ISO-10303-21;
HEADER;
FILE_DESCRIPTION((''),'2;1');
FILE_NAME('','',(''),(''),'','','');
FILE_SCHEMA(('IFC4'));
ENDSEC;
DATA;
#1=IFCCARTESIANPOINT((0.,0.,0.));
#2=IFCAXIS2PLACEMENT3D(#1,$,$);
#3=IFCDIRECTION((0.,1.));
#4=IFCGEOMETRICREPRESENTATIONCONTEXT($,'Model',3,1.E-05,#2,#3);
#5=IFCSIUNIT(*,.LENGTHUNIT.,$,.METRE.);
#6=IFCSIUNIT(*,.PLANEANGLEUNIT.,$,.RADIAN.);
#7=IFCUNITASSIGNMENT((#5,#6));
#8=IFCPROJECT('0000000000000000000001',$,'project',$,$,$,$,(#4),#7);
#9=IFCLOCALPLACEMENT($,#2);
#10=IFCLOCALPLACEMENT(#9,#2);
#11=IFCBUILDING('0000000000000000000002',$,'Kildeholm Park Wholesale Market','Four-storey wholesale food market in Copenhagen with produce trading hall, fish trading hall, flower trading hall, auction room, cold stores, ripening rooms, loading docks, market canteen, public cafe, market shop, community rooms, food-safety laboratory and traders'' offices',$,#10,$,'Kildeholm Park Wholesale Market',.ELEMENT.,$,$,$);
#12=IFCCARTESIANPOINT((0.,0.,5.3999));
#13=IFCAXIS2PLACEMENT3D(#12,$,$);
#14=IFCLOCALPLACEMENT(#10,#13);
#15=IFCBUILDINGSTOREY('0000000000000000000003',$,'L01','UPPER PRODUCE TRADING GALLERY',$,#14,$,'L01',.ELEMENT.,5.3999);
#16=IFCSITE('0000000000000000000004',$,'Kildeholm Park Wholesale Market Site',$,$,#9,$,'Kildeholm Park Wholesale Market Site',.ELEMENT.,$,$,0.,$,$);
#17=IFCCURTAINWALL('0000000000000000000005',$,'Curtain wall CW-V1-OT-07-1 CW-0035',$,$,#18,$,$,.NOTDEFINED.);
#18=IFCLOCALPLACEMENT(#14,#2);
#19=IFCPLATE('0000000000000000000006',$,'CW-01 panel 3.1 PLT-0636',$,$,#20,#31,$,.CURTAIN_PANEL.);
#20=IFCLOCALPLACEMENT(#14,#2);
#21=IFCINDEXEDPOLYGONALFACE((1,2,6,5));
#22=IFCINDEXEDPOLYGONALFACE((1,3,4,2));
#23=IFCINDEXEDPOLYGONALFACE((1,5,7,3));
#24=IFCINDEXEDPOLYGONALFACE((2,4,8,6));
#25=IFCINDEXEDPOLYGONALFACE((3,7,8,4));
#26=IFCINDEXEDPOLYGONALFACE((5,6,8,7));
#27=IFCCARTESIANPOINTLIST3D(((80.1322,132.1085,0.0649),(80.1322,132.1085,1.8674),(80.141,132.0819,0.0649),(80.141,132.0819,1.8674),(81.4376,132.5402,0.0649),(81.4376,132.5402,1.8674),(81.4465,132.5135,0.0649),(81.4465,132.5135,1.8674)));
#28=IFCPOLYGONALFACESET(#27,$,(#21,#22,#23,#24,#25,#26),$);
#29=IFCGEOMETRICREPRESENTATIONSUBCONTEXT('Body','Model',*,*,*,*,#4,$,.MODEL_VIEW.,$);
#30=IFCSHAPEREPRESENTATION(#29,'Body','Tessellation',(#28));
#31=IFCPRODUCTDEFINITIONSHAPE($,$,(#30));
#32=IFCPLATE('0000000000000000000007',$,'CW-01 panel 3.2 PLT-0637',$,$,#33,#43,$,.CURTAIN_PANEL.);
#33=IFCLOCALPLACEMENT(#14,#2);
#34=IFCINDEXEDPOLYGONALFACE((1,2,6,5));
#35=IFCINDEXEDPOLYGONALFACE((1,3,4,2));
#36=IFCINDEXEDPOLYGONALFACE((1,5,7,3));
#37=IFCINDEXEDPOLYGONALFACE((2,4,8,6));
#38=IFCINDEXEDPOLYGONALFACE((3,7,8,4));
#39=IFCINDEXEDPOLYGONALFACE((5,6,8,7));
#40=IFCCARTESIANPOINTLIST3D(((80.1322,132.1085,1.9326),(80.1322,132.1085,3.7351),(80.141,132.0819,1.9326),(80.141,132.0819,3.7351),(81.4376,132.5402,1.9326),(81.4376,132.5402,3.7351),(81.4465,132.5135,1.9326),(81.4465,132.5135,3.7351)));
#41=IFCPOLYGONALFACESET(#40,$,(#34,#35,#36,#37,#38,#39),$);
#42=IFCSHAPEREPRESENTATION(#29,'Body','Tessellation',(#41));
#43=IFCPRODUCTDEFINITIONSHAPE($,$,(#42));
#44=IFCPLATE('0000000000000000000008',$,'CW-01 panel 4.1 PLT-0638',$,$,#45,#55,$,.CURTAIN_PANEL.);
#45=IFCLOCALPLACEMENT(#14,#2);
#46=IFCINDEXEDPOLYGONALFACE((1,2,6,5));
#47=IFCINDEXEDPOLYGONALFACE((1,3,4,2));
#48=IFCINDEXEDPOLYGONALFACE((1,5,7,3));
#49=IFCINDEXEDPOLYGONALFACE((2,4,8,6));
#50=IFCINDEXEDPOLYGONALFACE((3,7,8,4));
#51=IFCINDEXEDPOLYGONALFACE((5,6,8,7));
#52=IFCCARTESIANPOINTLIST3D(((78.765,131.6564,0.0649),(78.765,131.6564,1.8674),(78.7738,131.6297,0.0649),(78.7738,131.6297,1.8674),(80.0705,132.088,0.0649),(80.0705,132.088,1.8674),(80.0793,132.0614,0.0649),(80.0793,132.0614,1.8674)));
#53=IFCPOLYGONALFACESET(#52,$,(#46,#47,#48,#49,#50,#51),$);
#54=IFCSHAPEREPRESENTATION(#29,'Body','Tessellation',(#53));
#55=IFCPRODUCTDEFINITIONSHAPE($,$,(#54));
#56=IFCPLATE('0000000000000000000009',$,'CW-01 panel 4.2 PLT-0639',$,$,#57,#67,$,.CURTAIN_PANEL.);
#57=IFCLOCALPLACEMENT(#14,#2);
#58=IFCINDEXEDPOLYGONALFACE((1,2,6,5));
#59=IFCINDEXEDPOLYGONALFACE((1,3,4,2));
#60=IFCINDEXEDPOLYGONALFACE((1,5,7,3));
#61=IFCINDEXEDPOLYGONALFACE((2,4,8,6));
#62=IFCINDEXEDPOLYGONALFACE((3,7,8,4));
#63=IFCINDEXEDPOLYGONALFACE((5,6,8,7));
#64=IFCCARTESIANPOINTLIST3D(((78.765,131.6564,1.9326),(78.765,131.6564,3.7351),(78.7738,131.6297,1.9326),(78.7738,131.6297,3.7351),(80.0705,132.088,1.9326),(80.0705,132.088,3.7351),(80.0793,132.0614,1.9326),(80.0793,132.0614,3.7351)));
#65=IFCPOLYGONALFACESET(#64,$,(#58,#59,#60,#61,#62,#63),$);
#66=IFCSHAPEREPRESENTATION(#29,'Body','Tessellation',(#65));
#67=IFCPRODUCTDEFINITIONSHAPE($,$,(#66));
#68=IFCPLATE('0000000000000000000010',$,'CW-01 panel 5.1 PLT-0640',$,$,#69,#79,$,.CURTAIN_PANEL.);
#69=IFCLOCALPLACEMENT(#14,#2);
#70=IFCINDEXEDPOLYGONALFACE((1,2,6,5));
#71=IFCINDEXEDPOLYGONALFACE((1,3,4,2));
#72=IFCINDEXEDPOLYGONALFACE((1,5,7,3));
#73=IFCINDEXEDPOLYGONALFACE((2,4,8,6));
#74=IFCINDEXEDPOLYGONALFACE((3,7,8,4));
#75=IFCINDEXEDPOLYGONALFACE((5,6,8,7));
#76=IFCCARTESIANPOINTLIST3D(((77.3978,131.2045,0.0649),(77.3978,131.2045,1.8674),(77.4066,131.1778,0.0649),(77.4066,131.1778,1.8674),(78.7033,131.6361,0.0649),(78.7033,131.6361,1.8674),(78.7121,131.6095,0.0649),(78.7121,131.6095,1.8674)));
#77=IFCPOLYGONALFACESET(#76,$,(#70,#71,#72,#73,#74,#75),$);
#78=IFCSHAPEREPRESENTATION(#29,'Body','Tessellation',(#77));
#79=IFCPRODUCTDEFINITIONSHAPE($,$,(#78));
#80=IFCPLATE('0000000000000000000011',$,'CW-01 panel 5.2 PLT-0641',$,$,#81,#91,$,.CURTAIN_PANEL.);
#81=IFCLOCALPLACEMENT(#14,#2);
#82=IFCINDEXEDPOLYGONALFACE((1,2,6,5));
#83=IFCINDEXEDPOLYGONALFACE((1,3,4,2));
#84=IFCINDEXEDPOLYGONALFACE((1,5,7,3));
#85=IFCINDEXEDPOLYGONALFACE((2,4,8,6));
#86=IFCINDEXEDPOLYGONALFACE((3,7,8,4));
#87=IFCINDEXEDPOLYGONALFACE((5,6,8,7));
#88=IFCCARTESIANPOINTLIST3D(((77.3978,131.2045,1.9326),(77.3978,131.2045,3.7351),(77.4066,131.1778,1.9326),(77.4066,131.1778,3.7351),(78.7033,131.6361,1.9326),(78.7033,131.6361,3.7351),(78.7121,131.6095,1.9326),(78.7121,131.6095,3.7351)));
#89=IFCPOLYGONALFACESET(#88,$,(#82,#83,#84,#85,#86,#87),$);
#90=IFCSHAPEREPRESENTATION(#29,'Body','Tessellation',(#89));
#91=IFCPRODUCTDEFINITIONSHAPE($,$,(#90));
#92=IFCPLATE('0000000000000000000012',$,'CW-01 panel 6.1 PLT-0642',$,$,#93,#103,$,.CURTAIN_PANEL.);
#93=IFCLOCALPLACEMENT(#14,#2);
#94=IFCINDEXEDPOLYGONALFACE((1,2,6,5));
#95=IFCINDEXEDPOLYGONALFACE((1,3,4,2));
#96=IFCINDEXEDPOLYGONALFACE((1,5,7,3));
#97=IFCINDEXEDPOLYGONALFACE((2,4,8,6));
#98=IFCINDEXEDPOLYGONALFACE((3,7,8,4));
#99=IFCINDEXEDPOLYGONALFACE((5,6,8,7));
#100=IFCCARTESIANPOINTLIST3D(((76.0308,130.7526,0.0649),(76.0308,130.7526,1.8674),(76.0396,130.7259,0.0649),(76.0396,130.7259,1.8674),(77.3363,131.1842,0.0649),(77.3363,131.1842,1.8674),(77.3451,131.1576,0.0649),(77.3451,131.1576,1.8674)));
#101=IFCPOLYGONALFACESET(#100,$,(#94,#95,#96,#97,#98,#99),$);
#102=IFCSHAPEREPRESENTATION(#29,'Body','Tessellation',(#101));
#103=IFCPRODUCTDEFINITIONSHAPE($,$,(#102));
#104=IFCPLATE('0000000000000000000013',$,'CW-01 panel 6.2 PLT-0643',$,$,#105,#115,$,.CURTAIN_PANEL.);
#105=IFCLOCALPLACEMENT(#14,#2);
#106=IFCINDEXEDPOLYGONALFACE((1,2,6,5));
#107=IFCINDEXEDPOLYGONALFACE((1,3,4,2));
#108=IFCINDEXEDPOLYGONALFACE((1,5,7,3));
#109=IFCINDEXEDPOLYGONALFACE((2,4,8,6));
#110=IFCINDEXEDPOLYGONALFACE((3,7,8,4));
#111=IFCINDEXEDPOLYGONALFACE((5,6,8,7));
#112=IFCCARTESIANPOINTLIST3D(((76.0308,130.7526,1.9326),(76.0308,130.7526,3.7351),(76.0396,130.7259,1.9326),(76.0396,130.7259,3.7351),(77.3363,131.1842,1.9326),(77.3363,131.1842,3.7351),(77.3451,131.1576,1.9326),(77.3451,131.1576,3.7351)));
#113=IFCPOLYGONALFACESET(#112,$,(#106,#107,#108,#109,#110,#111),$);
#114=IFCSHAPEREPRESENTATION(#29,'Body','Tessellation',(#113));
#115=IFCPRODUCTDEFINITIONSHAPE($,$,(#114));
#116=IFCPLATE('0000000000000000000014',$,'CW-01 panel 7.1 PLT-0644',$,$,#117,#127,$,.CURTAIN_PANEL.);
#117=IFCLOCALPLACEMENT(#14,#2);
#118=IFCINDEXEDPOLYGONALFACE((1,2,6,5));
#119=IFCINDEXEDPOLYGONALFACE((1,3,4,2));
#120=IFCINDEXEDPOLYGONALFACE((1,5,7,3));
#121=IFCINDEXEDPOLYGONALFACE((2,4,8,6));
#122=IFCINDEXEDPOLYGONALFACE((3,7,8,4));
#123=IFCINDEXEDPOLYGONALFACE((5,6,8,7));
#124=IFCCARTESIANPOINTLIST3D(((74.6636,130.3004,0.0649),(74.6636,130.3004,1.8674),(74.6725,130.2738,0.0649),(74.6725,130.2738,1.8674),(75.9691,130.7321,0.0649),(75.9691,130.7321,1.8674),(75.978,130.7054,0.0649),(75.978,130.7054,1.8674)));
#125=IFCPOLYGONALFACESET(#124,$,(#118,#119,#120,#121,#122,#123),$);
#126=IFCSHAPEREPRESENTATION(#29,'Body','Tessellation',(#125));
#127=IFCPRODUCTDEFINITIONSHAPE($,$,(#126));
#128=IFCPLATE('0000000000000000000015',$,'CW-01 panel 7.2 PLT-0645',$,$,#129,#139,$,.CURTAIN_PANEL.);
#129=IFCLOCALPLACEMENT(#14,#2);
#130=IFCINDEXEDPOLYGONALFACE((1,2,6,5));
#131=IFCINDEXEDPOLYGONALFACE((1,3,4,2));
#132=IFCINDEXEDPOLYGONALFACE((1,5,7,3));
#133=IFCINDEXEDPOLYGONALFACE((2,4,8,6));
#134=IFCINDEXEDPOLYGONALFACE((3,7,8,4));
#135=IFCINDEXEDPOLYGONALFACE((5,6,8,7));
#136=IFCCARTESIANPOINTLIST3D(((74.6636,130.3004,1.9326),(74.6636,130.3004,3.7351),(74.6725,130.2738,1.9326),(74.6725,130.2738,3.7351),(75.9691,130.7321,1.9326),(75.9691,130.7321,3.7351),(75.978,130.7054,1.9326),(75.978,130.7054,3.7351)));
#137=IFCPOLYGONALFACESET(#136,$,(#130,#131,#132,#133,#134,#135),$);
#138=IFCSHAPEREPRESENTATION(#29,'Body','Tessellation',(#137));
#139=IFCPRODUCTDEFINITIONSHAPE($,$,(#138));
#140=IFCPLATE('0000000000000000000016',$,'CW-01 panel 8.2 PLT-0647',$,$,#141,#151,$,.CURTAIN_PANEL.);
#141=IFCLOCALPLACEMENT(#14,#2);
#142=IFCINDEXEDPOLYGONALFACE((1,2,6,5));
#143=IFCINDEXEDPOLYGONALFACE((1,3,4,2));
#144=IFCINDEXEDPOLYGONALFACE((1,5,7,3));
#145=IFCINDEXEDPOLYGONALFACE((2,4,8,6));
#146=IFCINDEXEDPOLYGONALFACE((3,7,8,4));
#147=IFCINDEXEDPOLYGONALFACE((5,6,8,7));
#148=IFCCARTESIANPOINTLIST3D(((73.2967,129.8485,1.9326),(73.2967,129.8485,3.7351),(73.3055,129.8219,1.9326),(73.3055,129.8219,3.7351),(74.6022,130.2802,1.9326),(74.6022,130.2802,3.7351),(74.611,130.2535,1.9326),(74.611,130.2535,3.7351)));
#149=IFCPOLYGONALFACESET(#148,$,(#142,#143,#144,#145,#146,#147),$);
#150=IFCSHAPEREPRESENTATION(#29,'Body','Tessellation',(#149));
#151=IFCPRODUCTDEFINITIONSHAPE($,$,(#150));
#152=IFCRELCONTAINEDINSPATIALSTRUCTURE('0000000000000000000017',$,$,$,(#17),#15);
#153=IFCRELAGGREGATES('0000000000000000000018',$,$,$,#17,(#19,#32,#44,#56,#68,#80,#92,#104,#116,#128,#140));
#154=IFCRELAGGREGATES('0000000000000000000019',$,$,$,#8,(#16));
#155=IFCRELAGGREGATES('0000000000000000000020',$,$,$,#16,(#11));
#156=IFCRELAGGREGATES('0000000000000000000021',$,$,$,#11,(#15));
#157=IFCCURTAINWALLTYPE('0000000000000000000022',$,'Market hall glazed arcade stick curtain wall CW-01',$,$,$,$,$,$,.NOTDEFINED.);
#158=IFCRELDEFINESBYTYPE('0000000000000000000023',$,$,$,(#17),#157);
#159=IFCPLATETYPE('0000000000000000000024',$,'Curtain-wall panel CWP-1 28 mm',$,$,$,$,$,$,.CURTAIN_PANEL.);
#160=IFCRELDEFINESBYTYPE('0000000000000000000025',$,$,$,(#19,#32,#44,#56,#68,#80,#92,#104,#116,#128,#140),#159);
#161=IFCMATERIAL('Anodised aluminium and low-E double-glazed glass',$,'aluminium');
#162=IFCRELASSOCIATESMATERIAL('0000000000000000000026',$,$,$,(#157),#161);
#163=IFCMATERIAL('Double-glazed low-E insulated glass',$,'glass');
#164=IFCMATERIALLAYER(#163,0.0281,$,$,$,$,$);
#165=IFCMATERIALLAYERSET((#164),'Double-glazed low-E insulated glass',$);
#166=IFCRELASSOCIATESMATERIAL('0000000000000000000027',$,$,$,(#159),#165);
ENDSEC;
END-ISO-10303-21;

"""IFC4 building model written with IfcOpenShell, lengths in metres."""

from ifc_helpers import new_model, si_unit, direction, frame, origin, origin_2d, place, context, subcontext, project, spatial, rectangle, extrude, material, layer, layer_set, type_object, element, aggregate, save


model = new_model("IFC4")

# Units and contexts
model_context = context("Model", 3, precision=1e-05, world=origin(), true_north=direction((0.0, 1.0)))
body_context = subcontext(model_context, "Body", "Model", "MODEL_VIEW")
ifc_project = project(units=[si_unit("LENGTHUNIT", "METRE"), si_unit("PLANEANGLEUNIT", "RADIAN")], contexts=[model_context])

# Site, building, storey
site_placement = place(None, origin())
site = spatial("IfcSite", under=ifc_project, at=site_placement, Name="Kildeholm Park Wholesale Market Site", LongName="Kildeholm Park Wholesale Market Site", CompositionType="ELEMENT", RefElevation=0.0)
building_placement = place(site_placement, origin())
building = spatial("IfcBuilding", under=site, at=building_placement, Name="Kildeholm Park Wholesale Market", Description="Four-storey wholesale food market in Copenhagen with produce trading hall, fish trading hall, flower trading hall, auction room, cold stores, ripening rooms, loading docks, market canteen, public cafe, market shop, community rooms, food-safety laboratory and traders' offices", LongName="Kildeholm Park Wholesale Market", CompositionType="ELEMENT")
storey_placement = place(building_placement, frame((0.0, 0.0, 5.3999)))
storey = spatial("IfcBuildingStorey", under=building, at=storey_placement, Name="L01", Description="UPPER PRODUCE TRADING GALLERY", LongName="L01", CompositionType="ELEMENT", Elevation=5.3999)

# Curtain wall, plates
ifc_material_1 = material(Name="Anodised aluminium and low-E double-glazed glass", Category="aluminium")
curtain_wall_type = type_object("IfcCurtainWallType", Name="Market hall glazed arcade stick curtain wall CW-01", PredefinedType="NOTDEFINED", material=ifc_material_1)
curtain_wall_placement = place(storey_placement, origin())
curtain_wall = element("IfcCurtainWall", 1, at=curtain_wall_placement, inside=storey, type_object=curtain_wall_type, Name="Curtain wall CW-V1-OT-07-1 CW-0035", PredefinedType="NOTDEFINED")
ifc_material_2 = material(Name="Double-glazed low-E insulated glass", Category="glass")
ifc_layer = layer(ifc_material_2, 0.0281)
ifc_layer_set = layer_set([ifc_layer], Name="Double-glazed low-E insulated glass")
plate_type = type_object("IfcPlateType", Name="Curtain-wall panel CWP-1 28 mm", PredefinedType="CURTAIN_PANEL", material=ifc_layer_set)
plate_1_placement = place(storey_placement, frame((80.7893, 132.311, 0.0649), z_axis=(0.0, 0.0, 1.0), x_axis=(-0.949451, -0.313914, 0.0)))
plate_1 = element("IfcPlate", 2, at=plate_1_placement, type_object=plate_type, Name="CW-01 panel 3.1 PLT-0636", PredefinedType="CURTAIN_PANEL", context=body_context, shape_type="SweptSolid", body=[
    extrude(rectangle(XDim=1.375, YDim=0.0281, at=origin_2d()), origin(), (0.0, 0.0, 1.0), 1.8025),
])
plate_2_placement = place(storey_placement, frame((80.7893, 132.311, 1.9326), z_axis=(0.0, 0.0, 1.0), x_axis=(-0.949451, -0.313914, 0.0)))
plate_2 = element("IfcPlate", 3, at=plate_2_placement, type_object=plate_type, Name="CW-01 panel 3.2 PLT-0637", PredefinedType="CURTAIN_PANEL", context=body_context, shape_type="SweptSolid", body=[
    extrude(rectangle(XDim=1.375, YDim=0.0281, at=origin_2d()), origin(), (0.0, 0.0, 1.0), 1.8025),
])
plate_3_placement = place(storey_placement, frame((79.4221, 131.8589, 0.0649), z_axis=(0.0, 0.0, 1.0), x_axis=(-0.949451, -0.313914, 0.0)))
plate_3 = element("IfcPlate", 4, at=plate_3_placement, type_object=plate_type, Name="CW-01 panel 4.1 PLT-0638", PredefinedType="CURTAIN_PANEL", context=body_context, shape_type="SweptSolid", body=[
    extrude(rectangle(XDim=1.375, YDim=0.0281, at=origin_2d()), origin(), (0.0, 0.0, 1.0), 1.8025),
])
plate_4_placement = place(storey_placement, frame((79.4221, 131.8589, 1.9326), z_axis=(0.0, 0.0, 1.0), x_axis=(-0.949451, -0.313914, 0.0)))
plate_4 = element("IfcPlate", 5, at=plate_4_placement, type_object=plate_type, Name="CW-01 panel 4.2 PLT-0639", PredefinedType="CURTAIN_PANEL", context=body_context, shape_type="SweptSolid", body=[
    extrude(rectangle(XDim=1.375, YDim=0.0281, at=origin_2d()), origin(), (0.0, 0.0, 1.0), 1.8025),
])
plate_5_placement = place(storey_placement, frame((78.0549, 131.407, 0.0649), z_axis=(0.0, 0.0, 1.0), x_axis=(-0.949451, -0.313914, 0.0)))
plate_5 = element("IfcPlate", 6, at=plate_5_placement, type_object=plate_type, Name="CW-01 panel 5.1 PLT-0640", PredefinedType="CURTAIN_PANEL", context=body_context, shape_type="SweptSolid", body=[
    extrude(rectangle(XDim=1.375, YDim=0.0281, at=origin_2d()), origin(), (0.0, 0.0, 1.0), 1.8025),
])
plate_6_placement = place(storey_placement, frame((78.0549, 131.407, 1.9326), z_axis=(0.0, 0.0, 1.0), x_axis=(-0.949451, -0.313914, 0.0)))
plate_6 = element("IfcPlate", 7, at=plate_6_placement, type_object=plate_type, Name="CW-01 panel 5.2 PLT-0641", PredefinedType="CURTAIN_PANEL", context=body_context, shape_type="SweptSolid", body=[
    extrude(rectangle(XDim=1.375, YDim=0.0281, at=origin_2d()), origin(), (0.0, 0.0, 1.0), 1.8025),
])
plate_7_placement = place(storey_placement, frame((76.688, 130.9551, 0.0649), z_axis=(0.0, 0.0, 1.0), x_axis=(-0.949451, -0.313914, 0.0)))
plate_7 = element("IfcPlate", 8, at=plate_7_placement, type_object=plate_type, Name="CW-01 panel 6.1 PLT-0642", PredefinedType="CURTAIN_PANEL", context=body_context, shape_type="SweptSolid", body=[
    extrude(rectangle(XDim=1.375, YDim=0.0281, at=origin_2d()), origin(), (0.0, 0.0, 1.0), 1.8025),
])
plate_8_placement = place(storey_placement, frame((76.688, 130.9551, 1.9326), z_axis=(0.0, 0.0, 1.0), x_axis=(-0.949451, -0.313914, 0.0)))
plate_8 = element("IfcPlate", 9, at=plate_8_placement, type_object=plate_type, Name="CW-01 panel 6.2 PLT-0643", PredefinedType="CURTAIN_PANEL", context=body_context, shape_type="SweptSolid", body=[
    extrude(rectangle(XDim=1.375, YDim=0.0281, at=origin_2d()), origin(), (0.0, 0.0, 1.0), 1.8025),
])
plate_9_placement = place(storey_placement, frame((75.3208, 130.5029, 0.0649), z_axis=(0.0, 0.0, 1.0), x_axis=(-0.949451, -0.313914, 0.0)))
plate_9 = element("IfcPlate", 10, at=plate_9_placement, type_object=plate_type, Name="CW-01 panel 7.1 PLT-0644", PredefinedType="CURTAIN_PANEL", context=body_context, shape_type="SweptSolid", body=[
    extrude(rectangle(XDim=1.375, YDim=0.0281, at=origin_2d()), origin(), (0.0, 0.0, 1.0), 1.8025),
])
plate_10_placement = place(storey_placement, frame((75.3208, 130.5029, 1.9326), z_axis=(0.0, 0.0, 1.0), x_axis=(-0.949451, -0.313914, 0.0)))
plate_10 = element("IfcPlate", 11, at=plate_10_placement, type_object=plate_type, Name="CW-01 panel 7.2 PLT-0645", PredefinedType="CURTAIN_PANEL", context=body_context, shape_type="SweptSolid", body=[
    extrude(rectangle(XDim=1.375, YDim=0.0281, at=origin_2d()), origin(), (0.0, 0.0, 1.0), 1.8025),
])
plate_11_placement = place(storey_placement, frame((73.9539, 130.051, 1.9326), z_axis=(0.0, 0.0, 1.0), x_axis=(-0.949451, -0.313914, 0.0)))
plate_11 = element("IfcPlate", 12, at=plate_11_placement, type_object=plate_type, Name="CW-01 panel 8.2 PLT-0647", PredefinedType="CURTAIN_PANEL", context=body_context, shape_type="SweptSolid", body=[
    extrude(rectangle(XDim=1.375, YDim=0.0281, at=origin_2d()), origin(), (0.0, 0.0, 1.0), 1.8025),
])
aggregate(curtain_wall, [plate_1, plate_2, plate_3, plate_4, plate_5, plate_6, plate_7, plate_8, plate_9, plate_10, plate_11])

save(model, "model.ifc")
